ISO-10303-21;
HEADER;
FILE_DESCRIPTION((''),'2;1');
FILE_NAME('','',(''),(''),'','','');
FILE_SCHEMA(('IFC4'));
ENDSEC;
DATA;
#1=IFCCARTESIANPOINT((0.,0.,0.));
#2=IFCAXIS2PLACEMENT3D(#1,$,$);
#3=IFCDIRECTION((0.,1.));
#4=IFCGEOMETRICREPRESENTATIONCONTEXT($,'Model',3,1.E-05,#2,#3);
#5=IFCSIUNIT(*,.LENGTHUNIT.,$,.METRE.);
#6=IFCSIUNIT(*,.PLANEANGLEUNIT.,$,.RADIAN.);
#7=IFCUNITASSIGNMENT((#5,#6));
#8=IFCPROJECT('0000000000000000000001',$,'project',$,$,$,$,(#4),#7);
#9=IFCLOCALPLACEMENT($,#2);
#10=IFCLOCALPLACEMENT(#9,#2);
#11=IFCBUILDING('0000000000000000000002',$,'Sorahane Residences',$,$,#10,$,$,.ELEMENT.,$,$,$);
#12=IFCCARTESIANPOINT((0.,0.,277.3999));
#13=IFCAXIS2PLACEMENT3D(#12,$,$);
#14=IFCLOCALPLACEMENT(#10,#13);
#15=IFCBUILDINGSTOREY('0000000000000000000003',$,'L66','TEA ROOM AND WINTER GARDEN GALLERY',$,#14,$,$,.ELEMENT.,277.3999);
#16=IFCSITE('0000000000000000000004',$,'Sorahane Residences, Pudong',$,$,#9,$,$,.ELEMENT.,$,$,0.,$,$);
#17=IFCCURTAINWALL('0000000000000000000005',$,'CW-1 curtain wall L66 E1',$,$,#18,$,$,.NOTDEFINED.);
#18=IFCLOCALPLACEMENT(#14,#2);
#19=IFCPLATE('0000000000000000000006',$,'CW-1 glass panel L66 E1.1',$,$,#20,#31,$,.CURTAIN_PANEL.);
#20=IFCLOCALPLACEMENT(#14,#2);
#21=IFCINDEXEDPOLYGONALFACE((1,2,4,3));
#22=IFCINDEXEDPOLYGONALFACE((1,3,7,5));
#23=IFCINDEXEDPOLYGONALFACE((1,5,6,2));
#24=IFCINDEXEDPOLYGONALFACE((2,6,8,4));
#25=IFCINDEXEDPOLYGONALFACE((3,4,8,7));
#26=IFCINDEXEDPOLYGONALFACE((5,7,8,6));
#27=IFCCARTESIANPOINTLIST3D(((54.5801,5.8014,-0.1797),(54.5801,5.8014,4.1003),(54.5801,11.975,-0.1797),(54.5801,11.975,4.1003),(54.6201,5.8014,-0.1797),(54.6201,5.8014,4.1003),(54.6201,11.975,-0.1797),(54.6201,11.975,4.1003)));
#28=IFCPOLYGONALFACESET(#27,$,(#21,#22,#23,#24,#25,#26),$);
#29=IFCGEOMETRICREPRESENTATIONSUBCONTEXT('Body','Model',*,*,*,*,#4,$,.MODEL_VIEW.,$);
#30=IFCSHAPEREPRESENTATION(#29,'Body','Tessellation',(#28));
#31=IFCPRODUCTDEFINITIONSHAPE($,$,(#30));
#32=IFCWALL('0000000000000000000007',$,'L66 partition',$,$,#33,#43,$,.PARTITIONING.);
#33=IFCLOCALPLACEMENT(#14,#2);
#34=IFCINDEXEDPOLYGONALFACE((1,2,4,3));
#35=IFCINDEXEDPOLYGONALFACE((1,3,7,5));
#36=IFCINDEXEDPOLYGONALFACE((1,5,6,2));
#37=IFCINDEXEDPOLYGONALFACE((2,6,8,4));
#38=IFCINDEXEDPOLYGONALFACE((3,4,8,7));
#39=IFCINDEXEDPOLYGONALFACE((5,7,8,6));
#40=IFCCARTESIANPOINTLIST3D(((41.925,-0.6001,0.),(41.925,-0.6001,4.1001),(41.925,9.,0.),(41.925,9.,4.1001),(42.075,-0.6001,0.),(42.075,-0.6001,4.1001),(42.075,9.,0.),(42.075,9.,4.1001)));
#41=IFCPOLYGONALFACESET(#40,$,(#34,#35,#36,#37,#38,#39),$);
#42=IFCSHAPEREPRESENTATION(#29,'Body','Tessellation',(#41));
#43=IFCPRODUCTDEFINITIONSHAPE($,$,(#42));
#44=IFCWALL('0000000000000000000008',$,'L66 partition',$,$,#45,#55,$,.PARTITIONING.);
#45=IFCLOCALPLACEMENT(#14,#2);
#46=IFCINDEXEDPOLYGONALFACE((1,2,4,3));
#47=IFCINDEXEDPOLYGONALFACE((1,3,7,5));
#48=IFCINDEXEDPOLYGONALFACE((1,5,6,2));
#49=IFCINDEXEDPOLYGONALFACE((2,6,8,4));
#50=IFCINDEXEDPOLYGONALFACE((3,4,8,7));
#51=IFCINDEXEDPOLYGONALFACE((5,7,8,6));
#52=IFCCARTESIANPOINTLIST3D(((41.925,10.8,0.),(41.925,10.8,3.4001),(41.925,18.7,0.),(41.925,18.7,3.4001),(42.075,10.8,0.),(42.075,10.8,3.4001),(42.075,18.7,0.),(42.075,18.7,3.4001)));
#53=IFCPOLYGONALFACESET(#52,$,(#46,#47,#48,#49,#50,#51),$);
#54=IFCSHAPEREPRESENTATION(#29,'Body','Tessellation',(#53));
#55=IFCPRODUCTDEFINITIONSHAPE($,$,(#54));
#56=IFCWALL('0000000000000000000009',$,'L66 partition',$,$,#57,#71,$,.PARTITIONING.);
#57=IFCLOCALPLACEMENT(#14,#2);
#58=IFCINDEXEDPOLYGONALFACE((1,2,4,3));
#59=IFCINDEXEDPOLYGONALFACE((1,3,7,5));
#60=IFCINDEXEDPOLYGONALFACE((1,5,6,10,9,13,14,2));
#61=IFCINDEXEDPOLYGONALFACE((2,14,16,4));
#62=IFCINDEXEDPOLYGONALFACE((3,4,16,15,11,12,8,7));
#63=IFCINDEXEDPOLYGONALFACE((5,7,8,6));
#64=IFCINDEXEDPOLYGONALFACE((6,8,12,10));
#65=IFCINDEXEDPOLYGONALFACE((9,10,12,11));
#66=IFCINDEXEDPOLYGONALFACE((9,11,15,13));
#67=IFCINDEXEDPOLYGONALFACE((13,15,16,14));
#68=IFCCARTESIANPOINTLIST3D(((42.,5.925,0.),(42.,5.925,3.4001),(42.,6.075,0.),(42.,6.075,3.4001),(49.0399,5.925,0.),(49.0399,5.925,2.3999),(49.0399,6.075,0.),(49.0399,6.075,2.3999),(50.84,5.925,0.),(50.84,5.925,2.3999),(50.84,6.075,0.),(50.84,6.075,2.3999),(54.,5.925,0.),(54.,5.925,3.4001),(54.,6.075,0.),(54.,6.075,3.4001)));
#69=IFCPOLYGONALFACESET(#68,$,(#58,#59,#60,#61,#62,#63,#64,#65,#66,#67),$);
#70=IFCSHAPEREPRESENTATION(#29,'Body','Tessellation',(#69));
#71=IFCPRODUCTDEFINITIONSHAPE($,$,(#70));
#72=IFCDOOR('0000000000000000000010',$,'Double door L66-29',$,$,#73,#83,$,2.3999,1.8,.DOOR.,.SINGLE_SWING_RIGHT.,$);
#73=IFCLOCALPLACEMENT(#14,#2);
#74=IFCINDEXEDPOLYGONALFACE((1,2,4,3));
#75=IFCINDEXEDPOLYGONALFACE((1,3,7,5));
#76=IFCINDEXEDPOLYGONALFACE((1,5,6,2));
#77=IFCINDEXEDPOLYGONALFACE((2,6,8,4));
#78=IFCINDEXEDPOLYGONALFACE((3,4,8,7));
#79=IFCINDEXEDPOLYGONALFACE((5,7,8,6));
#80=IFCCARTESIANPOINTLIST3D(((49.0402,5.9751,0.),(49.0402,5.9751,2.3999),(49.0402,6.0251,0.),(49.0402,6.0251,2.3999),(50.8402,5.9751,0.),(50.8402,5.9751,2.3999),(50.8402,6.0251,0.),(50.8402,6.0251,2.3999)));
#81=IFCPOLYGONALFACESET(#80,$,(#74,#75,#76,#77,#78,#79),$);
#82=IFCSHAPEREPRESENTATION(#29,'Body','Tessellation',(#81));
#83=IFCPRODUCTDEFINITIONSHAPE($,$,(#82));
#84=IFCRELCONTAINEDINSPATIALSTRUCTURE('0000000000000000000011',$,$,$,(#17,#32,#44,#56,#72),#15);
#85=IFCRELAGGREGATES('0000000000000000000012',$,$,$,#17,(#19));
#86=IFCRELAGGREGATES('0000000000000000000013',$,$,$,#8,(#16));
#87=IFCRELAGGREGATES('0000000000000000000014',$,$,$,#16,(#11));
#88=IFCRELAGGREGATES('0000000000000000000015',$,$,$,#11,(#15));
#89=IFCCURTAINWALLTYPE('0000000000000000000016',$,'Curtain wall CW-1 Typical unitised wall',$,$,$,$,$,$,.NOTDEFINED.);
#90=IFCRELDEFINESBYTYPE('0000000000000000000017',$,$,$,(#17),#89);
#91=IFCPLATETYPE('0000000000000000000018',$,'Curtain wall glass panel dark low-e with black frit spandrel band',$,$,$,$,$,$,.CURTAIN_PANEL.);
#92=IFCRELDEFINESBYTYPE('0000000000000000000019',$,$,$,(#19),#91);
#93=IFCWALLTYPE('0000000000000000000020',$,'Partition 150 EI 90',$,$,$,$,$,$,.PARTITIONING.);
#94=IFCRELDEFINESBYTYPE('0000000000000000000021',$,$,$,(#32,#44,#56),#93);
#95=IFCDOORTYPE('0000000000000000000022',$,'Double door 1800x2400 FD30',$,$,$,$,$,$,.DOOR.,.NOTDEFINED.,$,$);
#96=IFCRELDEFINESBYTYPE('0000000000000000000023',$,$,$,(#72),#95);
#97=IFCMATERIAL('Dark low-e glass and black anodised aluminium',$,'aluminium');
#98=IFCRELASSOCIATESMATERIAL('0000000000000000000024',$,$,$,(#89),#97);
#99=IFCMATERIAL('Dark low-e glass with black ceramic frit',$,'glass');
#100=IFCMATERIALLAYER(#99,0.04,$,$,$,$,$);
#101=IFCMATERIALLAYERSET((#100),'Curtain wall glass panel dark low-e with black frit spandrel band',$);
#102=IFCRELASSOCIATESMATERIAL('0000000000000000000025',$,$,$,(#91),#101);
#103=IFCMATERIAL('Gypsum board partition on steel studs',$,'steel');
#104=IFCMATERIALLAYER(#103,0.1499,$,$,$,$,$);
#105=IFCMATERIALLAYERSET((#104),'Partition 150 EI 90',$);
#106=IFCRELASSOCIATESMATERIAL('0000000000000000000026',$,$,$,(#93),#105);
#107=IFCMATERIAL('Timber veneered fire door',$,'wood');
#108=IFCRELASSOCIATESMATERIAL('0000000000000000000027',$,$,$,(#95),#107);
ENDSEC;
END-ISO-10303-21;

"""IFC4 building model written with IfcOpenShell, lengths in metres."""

from ifc_helpers import new_model, si_unit, direction, frame, frame_2d, origin, origin_2d, place, context, subcontext, project, spatial, rectangle, extrude, material, layer, layer_set, type_object, element, fill, aggregate, save


model = new_model("IFC4")

# Units and contexts
model_context = context("Model", 3, precision=1e-05, world=origin(), true_north=direction((0.0, 1.0)))
body_context = subcontext(model_context, "Body", "Model", "MODEL_VIEW")
ifc_project = project(units=[si_unit("LENGTHUNIT", "METRE"), si_unit("PLANEANGLEUNIT", "RADIAN")], contexts=[model_context])

# Site, building, storey
site_placement = place(None, origin())
site = spatial("IfcSite", under=ifc_project, at=site_placement, Name="Sorahane Residences, Pudong", CompositionType="ELEMENT", RefElevation=0.0)
building_placement = place(site_placement, origin())
building = spatial("IfcBuilding", under=site, at=building_placement, Name="Sorahane Residences", CompositionType="ELEMENT")
storey_placement = place(building_placement, frame((0.0, 0.0, 277.3999)))
storey = spatial("IfcBuildingStorey", under=building, at=storey_placement, Name="L66", Description="TEA ROOM AND WINTER GARDEN GALLERY", CompositionType="ELEMENT", Elevation=277.3999)

# Shared definitions
ifc_material_1 = material(Name="Dark low-e glass and black anodised aluminium", Category="aluminium")
curtain_wall_type_1 = type_object("IfcCurtainWallType", Name="Curtain wall CW-1 Typical unitised wall", PredefinedType="NOTDEFINED", material=ifc_material_1)

# Curtain wall
curtain_wall_1_placement = place(storey_placement, origin())
curtain_wall_1 = element("IfcCurtainWall", 1, at=curtain_wall_1_placement, inside=storey, type_object=curtain_wall_type_1, Name="CW-1 curtain wall L66 E1", PredefinedType="NOTDEFINED")

# Plate
ifc_material_2 = material(Name="Dark low-e glass with black ceramic frit", Category="glass")
ifc_layer_1 = layer(ifc_material_2, 0.04)
ifc_layer_set_1 = layer_set([ifc_layer_1], Name="Curtain wall glass panel dark low-e with black frit spandrel band")
plate_type = type_object("IfcPlateType", Name="Curtain wall glass panel dark low-e with black frit spandrel band", PredefinedType="CURTAIN_PANEL", material=ifc_layer_set_1)
plate_1_placement = place(storey_placement, frame((54.6001, 8.8882, -0.1797), z_axis=(0.0, 0.0, 1.0), x_axis=(0.0, 1.0, 0.0)))
plate_1 = element("IfcPlate", 2, at=plate_1_placement, type_object=plate_type, Name="CW-1 glass panel L66 E1.1", PredefinedType="CURTAIN_PANEL", context=body_context, shape_type="SweptSolid", body=[
    extrude(rectangle(XDim=6.1736, YDim=0.04, at=origin_2d()), origin(), (0.0, 0.0, 1.0), 4.28),
])
aggregate(curtain_wall_1, [plate_1])

# Walls
ifc_material_3 = material(Name="Gypsum board partition on steel studs", Category="steel")
ifc_layer_2 = layer(ifc_material_3, 0.1499)
ifc_layer_set_2 = layer_set([ifc_layer_2], Name="Partition 150 EI 90")
wall_type = type_object("IfcWallType", Name="Partition 150 EI 90", PredefinedType="PARTITIONING", material=ifc_layer_set_2)
wall_1_placement = place(storey_placement, frame((42.0, -0.6001, 0.0), z_axis=(0.0, 0.0, 1.0), x_axis=(0.0, 1.0, 0.0)))
element("IfcWall", 3, at=wall_1_placement, inside=storey, type_object=wall_type, Name="L66 partition", PredefinedType="PARTITIONING", context=body_context, shape_type="SweptSolid", body=[
    extrude(rectangle(XDim=9.6001, YDim=0.1499, at=frame_2d((4.8, 0.0))), origin(), (0.0, 0.0, 1.0), 4.1001),
])
wall_2_placement = place(storey_placement, frame((42.0, 10.8, 0.0), z_axis=(0.0, 0.0, 1.0), x_axis=(0.0, 1.0, 0.0)))
element("IfcWall", 4, at=wall_2_placement, inside=storey, type_object=wall_type, Name="L66 partition", PredefinedType="PARTITIONING", context=body_context, shape_type="SweptSolid", body=[
    extrude(rectangle(XDim=7.8999, YDim=0.1499, at=frame_2d((3.95, 0.0))), origin(), (0.0, 0.0, 1.0), 3.4001),
])

# Wall, opening, door
wall_3_placement = place(storey_placement, frame((42.0, 6.0, 0.0), z_axis=(0.0, 0.0, 1.0), x_axis=(1.0, 0.0, 0.0)))
wall_3 = element("IfcWall", 5, at=wall_3_placement, inside=storey, type_object=wall_type, Name="L66 partition", PredefinedType="PARTITIONING", context=body_context, shape_type="SweptSolid", body=[
    extrude(rectangle(XDim=12.0, YDim=0.1499, at=frame_2d((6.0, 0.0))), origin(), (0.0, 0.0, 1.0), 3.4001),
])
opening_placement = place(wall_3_placement, frame((7.04, 0.0, 0.0)))
opening = element("IfcOpeningElement", 6, at=opening_placement, cuts=wall_3, PredefinedType="OPENING", context=body_context, shape_type="SweptSolid", body=[
    extrude(rectangle(XDim=1.8, YDim=2.3999, at=frame_2d((0.8999, 1.2))), frame((0.0, 0.085, 0.0), z_axis=(0.0, -1.0, 0.0), x_axis=(1.0, 0.0, 0.0)), (0.0, 0.0, 1.0), 0.1699),
])
ifc_material_4 = material(Name="Timber veneered fire door", Category="wood")
door_type = type_object("IfcDoorType", Name="Double door 1800x2400 FD30", OperationType="NOTDEFINED", PredefinedType="DOOR", material=ifc_material_4)
door_placement = place(opening_placement, frame((1.8, 0.0, 0.0), z_axis=(0.0, 0.0, 1.0), x_axis=(-1.0, 0.0, 0.0)))
door = element("IfcDoor", 7, at=door_placement, inside=storey, type_object=door_type, Name="Double door L66-29", OperationType="SINGLE_SWING_RIGHT", OverallHeight=2.3999, OverallWidth=1.8, PredefinedType="DOOR", context=body_context, shape_type="SweptSolid", body=[
    extrude(rectangle(XDim=1.8, YDim=2.3999, at=frame_2d((0.8999, 1.2))), frame((0.0, 0.0249, 0.0), z_axis=(0.0, -1.0, 0.0), x_axis=(1.0, 0.0, 0.0)), (0.0, 0.0, 1.0), 0.05),
])
fill(opening, door)

save(model, "model.ifc")
